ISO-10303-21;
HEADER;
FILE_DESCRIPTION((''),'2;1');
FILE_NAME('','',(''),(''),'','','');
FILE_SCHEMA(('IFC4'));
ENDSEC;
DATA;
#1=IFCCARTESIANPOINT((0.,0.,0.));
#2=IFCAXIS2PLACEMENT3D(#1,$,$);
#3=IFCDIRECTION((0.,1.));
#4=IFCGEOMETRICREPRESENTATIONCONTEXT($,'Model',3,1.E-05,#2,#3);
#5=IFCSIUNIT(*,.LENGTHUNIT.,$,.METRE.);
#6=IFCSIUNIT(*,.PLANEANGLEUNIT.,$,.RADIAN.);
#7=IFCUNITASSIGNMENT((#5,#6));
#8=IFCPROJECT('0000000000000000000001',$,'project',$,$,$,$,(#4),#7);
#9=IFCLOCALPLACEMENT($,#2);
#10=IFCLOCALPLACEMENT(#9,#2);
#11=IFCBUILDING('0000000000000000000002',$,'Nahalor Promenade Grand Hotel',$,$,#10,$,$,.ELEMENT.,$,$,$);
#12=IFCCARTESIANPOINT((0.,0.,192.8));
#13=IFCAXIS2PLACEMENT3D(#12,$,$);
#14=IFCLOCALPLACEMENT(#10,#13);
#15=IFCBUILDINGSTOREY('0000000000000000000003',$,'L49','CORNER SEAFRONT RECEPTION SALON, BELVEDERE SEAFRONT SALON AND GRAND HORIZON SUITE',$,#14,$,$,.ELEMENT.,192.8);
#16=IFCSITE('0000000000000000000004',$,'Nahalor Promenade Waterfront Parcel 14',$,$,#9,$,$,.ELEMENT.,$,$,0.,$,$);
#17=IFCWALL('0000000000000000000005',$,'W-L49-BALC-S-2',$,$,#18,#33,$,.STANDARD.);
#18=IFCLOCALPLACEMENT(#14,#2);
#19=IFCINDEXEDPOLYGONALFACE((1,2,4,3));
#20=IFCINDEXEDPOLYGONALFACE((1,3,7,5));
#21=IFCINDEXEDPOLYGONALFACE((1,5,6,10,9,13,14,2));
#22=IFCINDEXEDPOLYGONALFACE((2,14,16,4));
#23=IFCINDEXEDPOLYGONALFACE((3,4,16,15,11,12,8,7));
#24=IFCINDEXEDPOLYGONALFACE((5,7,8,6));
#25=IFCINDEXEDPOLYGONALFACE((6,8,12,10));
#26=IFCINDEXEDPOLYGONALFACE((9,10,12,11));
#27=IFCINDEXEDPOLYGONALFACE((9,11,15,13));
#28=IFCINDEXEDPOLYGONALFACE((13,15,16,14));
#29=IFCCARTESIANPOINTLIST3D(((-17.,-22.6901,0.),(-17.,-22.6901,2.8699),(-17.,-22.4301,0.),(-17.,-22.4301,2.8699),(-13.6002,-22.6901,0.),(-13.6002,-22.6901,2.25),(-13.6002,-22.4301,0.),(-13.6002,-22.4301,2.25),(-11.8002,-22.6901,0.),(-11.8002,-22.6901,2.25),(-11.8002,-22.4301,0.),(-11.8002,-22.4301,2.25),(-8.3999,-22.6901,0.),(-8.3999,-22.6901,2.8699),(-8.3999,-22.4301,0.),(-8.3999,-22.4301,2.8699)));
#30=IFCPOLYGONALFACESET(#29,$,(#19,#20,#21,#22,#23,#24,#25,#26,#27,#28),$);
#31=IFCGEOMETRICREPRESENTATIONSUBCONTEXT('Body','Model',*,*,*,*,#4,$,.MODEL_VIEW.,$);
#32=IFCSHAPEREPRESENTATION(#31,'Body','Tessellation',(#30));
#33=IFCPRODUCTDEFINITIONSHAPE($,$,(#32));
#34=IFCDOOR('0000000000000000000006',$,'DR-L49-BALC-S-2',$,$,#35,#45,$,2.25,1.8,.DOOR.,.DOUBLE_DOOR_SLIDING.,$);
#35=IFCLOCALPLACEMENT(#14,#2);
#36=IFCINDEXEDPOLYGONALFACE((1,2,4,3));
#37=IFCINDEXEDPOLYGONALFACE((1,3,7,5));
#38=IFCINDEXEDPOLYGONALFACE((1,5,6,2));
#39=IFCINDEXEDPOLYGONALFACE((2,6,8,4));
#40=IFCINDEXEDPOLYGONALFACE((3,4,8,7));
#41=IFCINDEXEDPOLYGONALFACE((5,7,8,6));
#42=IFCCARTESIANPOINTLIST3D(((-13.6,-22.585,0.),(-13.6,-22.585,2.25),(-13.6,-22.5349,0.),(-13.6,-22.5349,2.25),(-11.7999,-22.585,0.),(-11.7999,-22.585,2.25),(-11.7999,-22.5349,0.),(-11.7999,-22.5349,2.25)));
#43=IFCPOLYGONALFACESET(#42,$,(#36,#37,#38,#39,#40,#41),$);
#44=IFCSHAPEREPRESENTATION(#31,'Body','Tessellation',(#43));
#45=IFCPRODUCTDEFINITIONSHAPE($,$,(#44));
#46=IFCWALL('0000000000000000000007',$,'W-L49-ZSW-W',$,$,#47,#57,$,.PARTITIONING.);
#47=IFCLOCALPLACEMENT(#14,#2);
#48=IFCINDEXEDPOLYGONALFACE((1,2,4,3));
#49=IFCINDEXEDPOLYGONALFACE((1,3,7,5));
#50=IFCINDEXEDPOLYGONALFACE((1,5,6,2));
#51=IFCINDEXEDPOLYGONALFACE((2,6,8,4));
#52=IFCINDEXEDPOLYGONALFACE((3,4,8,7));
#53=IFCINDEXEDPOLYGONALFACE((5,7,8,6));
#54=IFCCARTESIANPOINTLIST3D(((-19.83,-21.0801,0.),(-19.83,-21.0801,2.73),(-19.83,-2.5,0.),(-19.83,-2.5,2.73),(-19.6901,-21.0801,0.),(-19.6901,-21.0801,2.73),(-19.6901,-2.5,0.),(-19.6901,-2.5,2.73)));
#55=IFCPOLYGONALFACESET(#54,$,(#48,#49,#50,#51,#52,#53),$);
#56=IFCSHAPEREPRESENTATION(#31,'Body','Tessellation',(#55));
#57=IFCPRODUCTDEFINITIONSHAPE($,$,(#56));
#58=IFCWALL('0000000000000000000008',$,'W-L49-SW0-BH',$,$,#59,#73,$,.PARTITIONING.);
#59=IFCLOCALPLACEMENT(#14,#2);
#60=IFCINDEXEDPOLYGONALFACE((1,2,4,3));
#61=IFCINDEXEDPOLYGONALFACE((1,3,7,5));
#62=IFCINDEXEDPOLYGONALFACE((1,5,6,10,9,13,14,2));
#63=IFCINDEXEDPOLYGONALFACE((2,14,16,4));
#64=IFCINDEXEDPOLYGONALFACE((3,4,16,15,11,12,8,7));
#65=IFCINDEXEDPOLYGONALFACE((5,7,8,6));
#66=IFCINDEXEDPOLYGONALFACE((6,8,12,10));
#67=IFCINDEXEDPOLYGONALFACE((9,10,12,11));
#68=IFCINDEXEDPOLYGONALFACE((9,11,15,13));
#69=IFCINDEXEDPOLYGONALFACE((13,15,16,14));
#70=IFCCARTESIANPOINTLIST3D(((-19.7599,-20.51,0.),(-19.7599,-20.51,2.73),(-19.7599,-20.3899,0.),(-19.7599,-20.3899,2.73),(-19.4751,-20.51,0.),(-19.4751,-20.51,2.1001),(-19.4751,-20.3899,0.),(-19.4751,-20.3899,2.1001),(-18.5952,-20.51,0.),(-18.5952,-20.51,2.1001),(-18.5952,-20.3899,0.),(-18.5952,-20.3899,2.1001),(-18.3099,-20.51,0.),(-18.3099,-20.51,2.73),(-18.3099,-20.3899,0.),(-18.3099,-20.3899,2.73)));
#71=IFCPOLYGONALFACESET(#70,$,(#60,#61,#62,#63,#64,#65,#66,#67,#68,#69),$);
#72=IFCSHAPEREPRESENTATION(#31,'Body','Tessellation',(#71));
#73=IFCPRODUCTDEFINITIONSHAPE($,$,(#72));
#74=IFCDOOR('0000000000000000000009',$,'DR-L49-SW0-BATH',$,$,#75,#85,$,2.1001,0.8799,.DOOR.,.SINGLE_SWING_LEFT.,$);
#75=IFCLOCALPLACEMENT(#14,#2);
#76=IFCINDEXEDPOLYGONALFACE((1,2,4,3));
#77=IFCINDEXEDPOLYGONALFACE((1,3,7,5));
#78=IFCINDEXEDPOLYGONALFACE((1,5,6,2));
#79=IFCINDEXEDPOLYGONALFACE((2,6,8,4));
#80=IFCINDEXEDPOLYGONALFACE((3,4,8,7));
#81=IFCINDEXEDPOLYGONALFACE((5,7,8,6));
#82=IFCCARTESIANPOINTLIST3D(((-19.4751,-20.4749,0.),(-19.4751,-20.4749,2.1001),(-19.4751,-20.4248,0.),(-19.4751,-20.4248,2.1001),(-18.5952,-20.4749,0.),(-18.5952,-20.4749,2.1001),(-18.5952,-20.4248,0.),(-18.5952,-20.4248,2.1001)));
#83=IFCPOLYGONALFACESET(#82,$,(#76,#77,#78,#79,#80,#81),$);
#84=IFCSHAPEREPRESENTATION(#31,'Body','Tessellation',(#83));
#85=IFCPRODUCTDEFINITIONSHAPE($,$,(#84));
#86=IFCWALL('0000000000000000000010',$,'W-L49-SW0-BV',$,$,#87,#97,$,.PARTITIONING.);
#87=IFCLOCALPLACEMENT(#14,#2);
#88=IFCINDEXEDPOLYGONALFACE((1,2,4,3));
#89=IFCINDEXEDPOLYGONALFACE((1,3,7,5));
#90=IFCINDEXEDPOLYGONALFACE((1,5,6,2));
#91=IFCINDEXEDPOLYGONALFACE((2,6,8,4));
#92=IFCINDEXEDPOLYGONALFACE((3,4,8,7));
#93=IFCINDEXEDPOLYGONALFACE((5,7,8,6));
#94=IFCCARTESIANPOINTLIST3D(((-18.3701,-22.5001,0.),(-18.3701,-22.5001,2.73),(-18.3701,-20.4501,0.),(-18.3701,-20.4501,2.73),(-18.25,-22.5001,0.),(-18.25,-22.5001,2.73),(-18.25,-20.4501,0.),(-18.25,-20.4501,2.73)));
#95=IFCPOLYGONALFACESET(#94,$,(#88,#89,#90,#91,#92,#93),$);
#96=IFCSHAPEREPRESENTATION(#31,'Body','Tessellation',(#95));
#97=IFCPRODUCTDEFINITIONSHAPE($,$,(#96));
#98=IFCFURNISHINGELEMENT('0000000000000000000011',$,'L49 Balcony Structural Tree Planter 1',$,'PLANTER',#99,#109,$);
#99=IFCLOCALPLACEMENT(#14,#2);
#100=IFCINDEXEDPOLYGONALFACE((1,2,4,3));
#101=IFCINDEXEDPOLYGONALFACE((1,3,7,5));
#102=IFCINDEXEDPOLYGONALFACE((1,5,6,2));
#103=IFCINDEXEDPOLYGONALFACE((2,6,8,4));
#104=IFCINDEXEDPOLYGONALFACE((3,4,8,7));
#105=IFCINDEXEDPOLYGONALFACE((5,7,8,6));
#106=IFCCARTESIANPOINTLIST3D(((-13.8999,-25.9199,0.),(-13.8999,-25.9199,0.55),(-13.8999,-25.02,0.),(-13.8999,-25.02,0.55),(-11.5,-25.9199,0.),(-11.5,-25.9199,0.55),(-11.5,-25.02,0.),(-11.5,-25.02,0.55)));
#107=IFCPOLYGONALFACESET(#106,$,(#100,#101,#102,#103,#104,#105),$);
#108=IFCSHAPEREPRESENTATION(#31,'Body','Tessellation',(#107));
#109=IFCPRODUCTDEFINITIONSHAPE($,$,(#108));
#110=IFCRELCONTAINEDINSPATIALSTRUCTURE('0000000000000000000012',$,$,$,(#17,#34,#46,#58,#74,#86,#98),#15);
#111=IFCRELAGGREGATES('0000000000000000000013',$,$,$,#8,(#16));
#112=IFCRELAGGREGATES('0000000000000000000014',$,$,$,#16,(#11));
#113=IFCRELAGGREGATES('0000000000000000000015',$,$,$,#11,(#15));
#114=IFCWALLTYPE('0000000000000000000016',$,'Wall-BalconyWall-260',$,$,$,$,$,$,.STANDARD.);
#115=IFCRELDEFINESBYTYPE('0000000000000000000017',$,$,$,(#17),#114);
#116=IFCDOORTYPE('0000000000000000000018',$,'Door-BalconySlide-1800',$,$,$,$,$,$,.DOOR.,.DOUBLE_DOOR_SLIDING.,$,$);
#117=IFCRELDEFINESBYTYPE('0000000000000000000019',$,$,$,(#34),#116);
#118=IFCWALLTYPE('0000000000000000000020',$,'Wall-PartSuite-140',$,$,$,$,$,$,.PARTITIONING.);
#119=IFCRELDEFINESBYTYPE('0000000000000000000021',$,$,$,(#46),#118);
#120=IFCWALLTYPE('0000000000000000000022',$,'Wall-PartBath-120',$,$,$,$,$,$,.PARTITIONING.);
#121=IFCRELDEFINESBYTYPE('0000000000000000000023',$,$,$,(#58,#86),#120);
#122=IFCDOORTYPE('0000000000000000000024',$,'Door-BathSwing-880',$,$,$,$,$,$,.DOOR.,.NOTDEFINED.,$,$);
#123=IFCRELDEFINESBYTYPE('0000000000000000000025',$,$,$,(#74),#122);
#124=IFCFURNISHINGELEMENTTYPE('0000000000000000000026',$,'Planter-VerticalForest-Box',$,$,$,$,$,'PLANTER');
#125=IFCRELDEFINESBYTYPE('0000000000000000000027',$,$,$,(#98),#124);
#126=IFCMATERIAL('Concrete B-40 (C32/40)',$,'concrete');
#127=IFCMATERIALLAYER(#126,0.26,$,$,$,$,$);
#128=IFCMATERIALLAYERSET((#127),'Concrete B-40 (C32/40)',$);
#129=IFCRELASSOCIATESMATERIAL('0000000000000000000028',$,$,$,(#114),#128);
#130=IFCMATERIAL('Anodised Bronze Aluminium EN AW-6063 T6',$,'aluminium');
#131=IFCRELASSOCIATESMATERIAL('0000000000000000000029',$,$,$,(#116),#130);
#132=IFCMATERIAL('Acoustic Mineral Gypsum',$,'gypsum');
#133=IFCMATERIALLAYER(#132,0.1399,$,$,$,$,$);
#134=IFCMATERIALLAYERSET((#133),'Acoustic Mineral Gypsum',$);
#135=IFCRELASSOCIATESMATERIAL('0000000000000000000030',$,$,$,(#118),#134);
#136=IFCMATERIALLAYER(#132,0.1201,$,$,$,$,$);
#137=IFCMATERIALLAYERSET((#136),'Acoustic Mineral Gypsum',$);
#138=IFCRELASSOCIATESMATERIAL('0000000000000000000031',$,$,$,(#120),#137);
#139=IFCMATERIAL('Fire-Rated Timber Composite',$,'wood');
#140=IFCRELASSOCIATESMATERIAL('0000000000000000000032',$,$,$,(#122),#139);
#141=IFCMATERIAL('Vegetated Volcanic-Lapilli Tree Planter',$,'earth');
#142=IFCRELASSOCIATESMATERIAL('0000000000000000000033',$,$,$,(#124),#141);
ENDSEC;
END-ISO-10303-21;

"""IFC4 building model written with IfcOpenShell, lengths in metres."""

from ifc_helpers import new_model, si_unit, direction, frame, frame_2d, origin, origin_2d, place, context, subcontext, project, spatial, rectangle, extrude, source, transform, mapped, material, layer, layer_set, type_object, element, fill, save


model = new_model("IFC4")

# Units and contexts
model_context = context("Model", 3, precision=1e-05, world=origin(), true_north=direction((0.0, 1.0)))
body_context = subcontext(model_context, "Body", "Model", "MODEL_VIEW")
ifc_project = project(units=[si_unit("LENGTHUNIT", "METRE"), si_unit("PLANEANGLEUNIT", "RADIAN")], contexts=[model_context])

# Site, building, storey
site_placement = place(None, origin())
site = spatial("IfcSite", under=ifc_project, at=site_placement, Name="Nahalor Promenade Waterfront Parcel 14", CompositionType="ELEMENT", RefElevation=0.0)
building_placement = place(site_placement, origin())
building = spatial("IfcBuilding", under=site, at=building_placement, Name="Nahalor Promenade Grand Hotel", CompositionType="ELEMENT")
storey_placement = place(building_placement, frame((0.0, 0.0, 192.8)))
storey = spatial("IfcBuildingStorey", under=building, at=storey_placement, Name="L49", Description="CORNER SEAFRONT RECEPTION SALON, BELVEDERE SEAFRONT SALON AND GRAND HORIZON SUITE", CompositionType="ELEMENT", Elevation=192.8)

# Shared definitions
ifc_material_1 = material(Name="Anodised Bronze Aluminium EN AW-6063 T6", Category="aluminium")

# Shared definitions
ifc_material_2 = material(Name="Concrete B-40 (C32/40)", Category="concrete")

# Wall, opening, door
ifc_layer_1 = layer(ifc_material_2, 0.26)
ifc_layer_set_1 = layer_set([ifc_layer_1], Name="Concrete B-40 (C32/40)")
wall_type_1 = type_object("IfcWallType", Name="Wall-BalconyWall-260", PredefinedType="STANDARD", material=ifc_layer_set_1)
shared_shape_1 = source(origin(), body_context, "Body", "SweptSolid", [
    extrude(rectangle(XDim=8.6001, YDim=0.26, at=frame_2d((4.3, 0.0))), origin(), (0.0, 0.0, 1.0), 2.8699),
])
wall_1_placement = place(storey_placement, frame((-17.0, -22.5601, 0.0), z_axis=(0.0, 0.0, 1.0), x_axis=(1.0, 0.0, 0.0)))
wall_1 = element("IfcWall", 1, at=wall_1_placement, inside=storey, type_object=wall_type_1, Name="W-L49-BALC-S-2", PredefinedType="STANDARD", context=body_context, shape_type="MappedRepresentation", body=[
    mapped(shared_shape_1, transform((0.0, 0.0, 0.0), scale=1.0)),
])
opening_1_placement = place(wall_1_placement, frame((3.3999, 0.0, 0.0)))
opening_1 = element("IfcOpeningElement", 2, at=opening_1_placement, cuts=wall_1, PredefinedType="OPENING", context=body_context, shape_type="SweptSolid", body=[
    extrude(rectangle(XDim=1.8, YDim=2.25, at=frame_2d((0.8999, 1.125))), frame((0.0, 0.1399, 0.0), z_axis=(0.0, -1.0, 0.0), x_axis=(1.0, 0.0, 0.0)), (0.0, 0.0, 1.0), 0.28),
])
door_type_1 = type_object("IfcDoorType", Name="Door-BalconySlide-1800", OperationType="DOUBLE_DOOR_SLIDING", PredefinedType="DOOR", material=ifc_material_1)
shared_shape_2 = source(origin(), body_context, "Body", "SweptSolid", [
    extrude(rectangle(XDim=1.8, YDim=2.25, at=frame_2d((0.8999, 1.125))), frame((0.0, 0.0249, 0.0), z_axis=(0.0, -1.0, 0.0), x_axis=(1.0, 0.0, 0.0)), (0.0, 0.0, 1.0), 0.05),
])
door_1_placement = place(opening_1_placement, frame((1.8, 0.0, 0.0), z_axis=(0.0, 0.0, 1.0), x_axis=(-1.0, 0.0, 0.0)))
door_1 = element("IfcDoor", 3, at=door_1_placement, inside=storey, type_object=door_type_1, Name="DR-L49-BALC-S-2", OperationType="DOUBLE_DOOR_SLIDING", OverallHeight=2.25, OverallWidth=1.8, PredefinedType="DOOR", context=body_context, shape_type="MappedRepresentation", body=[
    mapped(shared_shape_2, transform((0.0, 0.0, 0.0), scale=1.0)),
])
fill(opening_1, door_1)

# Wall
ifc_material_3 = material(Name="Acoustic Mineral Gypsum", Category="gypsum")
ifc_layer_2 = layer(ifc_material_3, 0.1399)
ifc_layer_set_2 = layer_set([ifc_layer_2], Name="Acoustic Mineral Gypsum")
wall_type_2 = type_object("IfcWallType", Name="Wall-PartSuite-140", PredefinedType="PARTITIONING", material=ifc_layer_set_2)
shared_shape_3 = source(origin(), body_context, "Body", "SweptSolid", [
    extrude(rectangle(XDim=18.5801, YDim=0.1399, at=frame_2d((9.29, 0.0))), origin(), (0.0, 0.0, 1.0), 2.73),
])
wall_2_placement = place(storey_placement, frame((-19.76, -21.0801, 0.0), z_axis=(0.0, 0.0, 1.0), x_axis=(0.0, 1.0, 0.0)))
element("IfcWall", 4, at=wall_2_placement, inside=storey, type_object=wall_type_2, Name="W-L49-ZSW-W", PredefinedType="PARTITIONING", context=body_context, shape_type="MappedRepresentation", body=[
    mapped(shared_shape_3, transform((0.0, 0.0, 0.0), scale=1.0)),
])

# Wall, opening, door
ifc_layer_3 = layer(ifc_material_3, 0.1201)
ifc_layer_set_3 = layer_set([ifc_layer_3], Name="Acoustic Mineral Gypsum")
wall_type_3 = type_object("IfcWallType", Name="Wall-PartBath-120", PredefinedType="PARTITIONING", material=ifc_layer_set_3)
shared_shape_4 = source(origin(), body_context, "Body", "SweptSolid", [
    extrude(rectangle(XDim=1.45, YDim=0.1201, at=frame_2d((0.7251, 0.0))), origin(), (0.0, 0.0, 1.0), 2.73),
])
wall_3_placement = place(storey_placement, frame((-19.76, -20.45, 0.0), z_axis=(0.0, 0.0, 1.0), x_axis=(1.0, 0.0, 0.0)))
wall_3 = element("IfcWall", 5, at=wall_3_placement, inside=storey, type_object=wall_type_3, Name="W-L49-SW0-BH", PredefinedType="PARTITIONING", context=body_context, shape_type="MappedRepresentation", body=[
    mapped(shared_shape_4, transform((0.0, 0.0, 0.0), scale=1.0)),
])
opening_2_placement = place(wall_3_placement, frame((0.2849, 0.0, 0.0)))
opening_2 = element("IfcOpeningElement", 6, at=opening_2_placement, cuts=wall_3, PredefinedType="OPENING", context=body_context, shape_type="SweptSolid", body=[
    extrude(rectangle(XDim=0.8799, YDim=2.1001, at=frame_2d((0.4399, 1.05))), frame((0.0, 0.0701, 0.0), z_axis=(0.0, -1.0, 0.0), x_axis=(1.0, 0.0, 0.0)), (0.0, 0.0, 1.0), 0.1401),
])
ifc_material_4 = material(Name="Fire-Rated Timber Composite", Category="wood")
door_type_2 = type_object("IfcDoorType", Name="Door-BathSwing-880", OperationType="NOTDEFINED", PredefinedType="DOOR", material=ifc_material_4)
shared_shape_5 = source(origin(), body_context, "Body", "SweptSolid", [
    extrude(rectangle(XDim=0.8799, YDim=2.1001, at=frame_2d((0.4399, 1.05))), frame((0.0, 0.0249, 0.0), z_axis=(0.0, -1.0, 0.0), x_axis=(1.0, 0.0, 0.0)), (0.0, 0.0, 1.0), 0.05),
])
door_2_placement = place(opening_2_placement, frame((0.8799, 0.0, 0.0), z_axis=(0.0, 0.0, 1.0), x_axis=(-1.0, 0.0, 0.0)))
door_2 = element("IfcDoor", 7, at=door_2_placement, inside=storey, type_object=door_type_2, Name="DR-L49-SW0-BATH", OperationType="SINGLE_SWING_LEFT", OverallHeight=2.1001, OverallWidth=0.8799, PredefinedType="DOOR", context=body_context, shape_type="MappedRepresentation", body=[
    mapped(shared_shape_5, transform((0.0, 0.0, 0.0), scale=1.0)),
])
fill(opening_2, door_2)

# Wall
shared_shape_6 = source(origin(), body_context, "Body", "SweptSolid", [
    extrude(rectangle(XDim=2.05, YDim=0.1201, at=frame_2d((1.0249, 0.0))), origin(), (0.0, 0.0, 1.0), 2.73),
])
wall_4_placement = place(storey_placement, frame((-18.3101, -22.5, 0.0), z_axis=(0.0, 0.0, 1.0), x_axis=(0.0, 1.0, 0.0)))
element("IfcWall", 8, at=wall_4_placement, inside=storey, type_object=wall_type_3, Name="W-L49-SW0-BV", PredefinedType="PARTITIONING", context=body_context, shape_type="MappedRepresentation", body=[
    mapped(shared_shape_6, transform((0.0, 0.0, 0.0), scale=1.0)),
])

# Furnishing element
ifc_material_5 = material(Name="Vegetated Volcanic-Lapilli Tree Planter", Category="earth")
furnishing_element_type = type_object("IfcFurnishingElementType", Name="Planter-VerticalForest-Box", ElementType="PLANTER", material=ifc_material_5)
shared_shape_7 = source(origin(), body_context, "Body", "SweptSolid", [
    extrude(rectangle(XDim=2.3999, YDim=0.8999, at=origin_2d()), origin(), (0.0, 0.0, 1.0), 0.55),
])
furnishing_placement = place(storey_placement, frame((-12.7, -25.47, 0.0), z_axis=(0.0, 0.0, 1.0), x_axis=(1.0, 0.0, 0.0)))
element("IfcFurnishingElement", 9, at=furnishing_placement, inside=storey, type_object=furnishing_element_type, Name="L49 Balcony Structural Tree Planter 1", ObjectType="PLANTER", context=body_context, shape_type="MappedRepresentation", body=[
    mapped(shared_shape_7, transform((0.0, 0.0, 0.0), scale=1.0)),
])

save(model, "model.ifc")
